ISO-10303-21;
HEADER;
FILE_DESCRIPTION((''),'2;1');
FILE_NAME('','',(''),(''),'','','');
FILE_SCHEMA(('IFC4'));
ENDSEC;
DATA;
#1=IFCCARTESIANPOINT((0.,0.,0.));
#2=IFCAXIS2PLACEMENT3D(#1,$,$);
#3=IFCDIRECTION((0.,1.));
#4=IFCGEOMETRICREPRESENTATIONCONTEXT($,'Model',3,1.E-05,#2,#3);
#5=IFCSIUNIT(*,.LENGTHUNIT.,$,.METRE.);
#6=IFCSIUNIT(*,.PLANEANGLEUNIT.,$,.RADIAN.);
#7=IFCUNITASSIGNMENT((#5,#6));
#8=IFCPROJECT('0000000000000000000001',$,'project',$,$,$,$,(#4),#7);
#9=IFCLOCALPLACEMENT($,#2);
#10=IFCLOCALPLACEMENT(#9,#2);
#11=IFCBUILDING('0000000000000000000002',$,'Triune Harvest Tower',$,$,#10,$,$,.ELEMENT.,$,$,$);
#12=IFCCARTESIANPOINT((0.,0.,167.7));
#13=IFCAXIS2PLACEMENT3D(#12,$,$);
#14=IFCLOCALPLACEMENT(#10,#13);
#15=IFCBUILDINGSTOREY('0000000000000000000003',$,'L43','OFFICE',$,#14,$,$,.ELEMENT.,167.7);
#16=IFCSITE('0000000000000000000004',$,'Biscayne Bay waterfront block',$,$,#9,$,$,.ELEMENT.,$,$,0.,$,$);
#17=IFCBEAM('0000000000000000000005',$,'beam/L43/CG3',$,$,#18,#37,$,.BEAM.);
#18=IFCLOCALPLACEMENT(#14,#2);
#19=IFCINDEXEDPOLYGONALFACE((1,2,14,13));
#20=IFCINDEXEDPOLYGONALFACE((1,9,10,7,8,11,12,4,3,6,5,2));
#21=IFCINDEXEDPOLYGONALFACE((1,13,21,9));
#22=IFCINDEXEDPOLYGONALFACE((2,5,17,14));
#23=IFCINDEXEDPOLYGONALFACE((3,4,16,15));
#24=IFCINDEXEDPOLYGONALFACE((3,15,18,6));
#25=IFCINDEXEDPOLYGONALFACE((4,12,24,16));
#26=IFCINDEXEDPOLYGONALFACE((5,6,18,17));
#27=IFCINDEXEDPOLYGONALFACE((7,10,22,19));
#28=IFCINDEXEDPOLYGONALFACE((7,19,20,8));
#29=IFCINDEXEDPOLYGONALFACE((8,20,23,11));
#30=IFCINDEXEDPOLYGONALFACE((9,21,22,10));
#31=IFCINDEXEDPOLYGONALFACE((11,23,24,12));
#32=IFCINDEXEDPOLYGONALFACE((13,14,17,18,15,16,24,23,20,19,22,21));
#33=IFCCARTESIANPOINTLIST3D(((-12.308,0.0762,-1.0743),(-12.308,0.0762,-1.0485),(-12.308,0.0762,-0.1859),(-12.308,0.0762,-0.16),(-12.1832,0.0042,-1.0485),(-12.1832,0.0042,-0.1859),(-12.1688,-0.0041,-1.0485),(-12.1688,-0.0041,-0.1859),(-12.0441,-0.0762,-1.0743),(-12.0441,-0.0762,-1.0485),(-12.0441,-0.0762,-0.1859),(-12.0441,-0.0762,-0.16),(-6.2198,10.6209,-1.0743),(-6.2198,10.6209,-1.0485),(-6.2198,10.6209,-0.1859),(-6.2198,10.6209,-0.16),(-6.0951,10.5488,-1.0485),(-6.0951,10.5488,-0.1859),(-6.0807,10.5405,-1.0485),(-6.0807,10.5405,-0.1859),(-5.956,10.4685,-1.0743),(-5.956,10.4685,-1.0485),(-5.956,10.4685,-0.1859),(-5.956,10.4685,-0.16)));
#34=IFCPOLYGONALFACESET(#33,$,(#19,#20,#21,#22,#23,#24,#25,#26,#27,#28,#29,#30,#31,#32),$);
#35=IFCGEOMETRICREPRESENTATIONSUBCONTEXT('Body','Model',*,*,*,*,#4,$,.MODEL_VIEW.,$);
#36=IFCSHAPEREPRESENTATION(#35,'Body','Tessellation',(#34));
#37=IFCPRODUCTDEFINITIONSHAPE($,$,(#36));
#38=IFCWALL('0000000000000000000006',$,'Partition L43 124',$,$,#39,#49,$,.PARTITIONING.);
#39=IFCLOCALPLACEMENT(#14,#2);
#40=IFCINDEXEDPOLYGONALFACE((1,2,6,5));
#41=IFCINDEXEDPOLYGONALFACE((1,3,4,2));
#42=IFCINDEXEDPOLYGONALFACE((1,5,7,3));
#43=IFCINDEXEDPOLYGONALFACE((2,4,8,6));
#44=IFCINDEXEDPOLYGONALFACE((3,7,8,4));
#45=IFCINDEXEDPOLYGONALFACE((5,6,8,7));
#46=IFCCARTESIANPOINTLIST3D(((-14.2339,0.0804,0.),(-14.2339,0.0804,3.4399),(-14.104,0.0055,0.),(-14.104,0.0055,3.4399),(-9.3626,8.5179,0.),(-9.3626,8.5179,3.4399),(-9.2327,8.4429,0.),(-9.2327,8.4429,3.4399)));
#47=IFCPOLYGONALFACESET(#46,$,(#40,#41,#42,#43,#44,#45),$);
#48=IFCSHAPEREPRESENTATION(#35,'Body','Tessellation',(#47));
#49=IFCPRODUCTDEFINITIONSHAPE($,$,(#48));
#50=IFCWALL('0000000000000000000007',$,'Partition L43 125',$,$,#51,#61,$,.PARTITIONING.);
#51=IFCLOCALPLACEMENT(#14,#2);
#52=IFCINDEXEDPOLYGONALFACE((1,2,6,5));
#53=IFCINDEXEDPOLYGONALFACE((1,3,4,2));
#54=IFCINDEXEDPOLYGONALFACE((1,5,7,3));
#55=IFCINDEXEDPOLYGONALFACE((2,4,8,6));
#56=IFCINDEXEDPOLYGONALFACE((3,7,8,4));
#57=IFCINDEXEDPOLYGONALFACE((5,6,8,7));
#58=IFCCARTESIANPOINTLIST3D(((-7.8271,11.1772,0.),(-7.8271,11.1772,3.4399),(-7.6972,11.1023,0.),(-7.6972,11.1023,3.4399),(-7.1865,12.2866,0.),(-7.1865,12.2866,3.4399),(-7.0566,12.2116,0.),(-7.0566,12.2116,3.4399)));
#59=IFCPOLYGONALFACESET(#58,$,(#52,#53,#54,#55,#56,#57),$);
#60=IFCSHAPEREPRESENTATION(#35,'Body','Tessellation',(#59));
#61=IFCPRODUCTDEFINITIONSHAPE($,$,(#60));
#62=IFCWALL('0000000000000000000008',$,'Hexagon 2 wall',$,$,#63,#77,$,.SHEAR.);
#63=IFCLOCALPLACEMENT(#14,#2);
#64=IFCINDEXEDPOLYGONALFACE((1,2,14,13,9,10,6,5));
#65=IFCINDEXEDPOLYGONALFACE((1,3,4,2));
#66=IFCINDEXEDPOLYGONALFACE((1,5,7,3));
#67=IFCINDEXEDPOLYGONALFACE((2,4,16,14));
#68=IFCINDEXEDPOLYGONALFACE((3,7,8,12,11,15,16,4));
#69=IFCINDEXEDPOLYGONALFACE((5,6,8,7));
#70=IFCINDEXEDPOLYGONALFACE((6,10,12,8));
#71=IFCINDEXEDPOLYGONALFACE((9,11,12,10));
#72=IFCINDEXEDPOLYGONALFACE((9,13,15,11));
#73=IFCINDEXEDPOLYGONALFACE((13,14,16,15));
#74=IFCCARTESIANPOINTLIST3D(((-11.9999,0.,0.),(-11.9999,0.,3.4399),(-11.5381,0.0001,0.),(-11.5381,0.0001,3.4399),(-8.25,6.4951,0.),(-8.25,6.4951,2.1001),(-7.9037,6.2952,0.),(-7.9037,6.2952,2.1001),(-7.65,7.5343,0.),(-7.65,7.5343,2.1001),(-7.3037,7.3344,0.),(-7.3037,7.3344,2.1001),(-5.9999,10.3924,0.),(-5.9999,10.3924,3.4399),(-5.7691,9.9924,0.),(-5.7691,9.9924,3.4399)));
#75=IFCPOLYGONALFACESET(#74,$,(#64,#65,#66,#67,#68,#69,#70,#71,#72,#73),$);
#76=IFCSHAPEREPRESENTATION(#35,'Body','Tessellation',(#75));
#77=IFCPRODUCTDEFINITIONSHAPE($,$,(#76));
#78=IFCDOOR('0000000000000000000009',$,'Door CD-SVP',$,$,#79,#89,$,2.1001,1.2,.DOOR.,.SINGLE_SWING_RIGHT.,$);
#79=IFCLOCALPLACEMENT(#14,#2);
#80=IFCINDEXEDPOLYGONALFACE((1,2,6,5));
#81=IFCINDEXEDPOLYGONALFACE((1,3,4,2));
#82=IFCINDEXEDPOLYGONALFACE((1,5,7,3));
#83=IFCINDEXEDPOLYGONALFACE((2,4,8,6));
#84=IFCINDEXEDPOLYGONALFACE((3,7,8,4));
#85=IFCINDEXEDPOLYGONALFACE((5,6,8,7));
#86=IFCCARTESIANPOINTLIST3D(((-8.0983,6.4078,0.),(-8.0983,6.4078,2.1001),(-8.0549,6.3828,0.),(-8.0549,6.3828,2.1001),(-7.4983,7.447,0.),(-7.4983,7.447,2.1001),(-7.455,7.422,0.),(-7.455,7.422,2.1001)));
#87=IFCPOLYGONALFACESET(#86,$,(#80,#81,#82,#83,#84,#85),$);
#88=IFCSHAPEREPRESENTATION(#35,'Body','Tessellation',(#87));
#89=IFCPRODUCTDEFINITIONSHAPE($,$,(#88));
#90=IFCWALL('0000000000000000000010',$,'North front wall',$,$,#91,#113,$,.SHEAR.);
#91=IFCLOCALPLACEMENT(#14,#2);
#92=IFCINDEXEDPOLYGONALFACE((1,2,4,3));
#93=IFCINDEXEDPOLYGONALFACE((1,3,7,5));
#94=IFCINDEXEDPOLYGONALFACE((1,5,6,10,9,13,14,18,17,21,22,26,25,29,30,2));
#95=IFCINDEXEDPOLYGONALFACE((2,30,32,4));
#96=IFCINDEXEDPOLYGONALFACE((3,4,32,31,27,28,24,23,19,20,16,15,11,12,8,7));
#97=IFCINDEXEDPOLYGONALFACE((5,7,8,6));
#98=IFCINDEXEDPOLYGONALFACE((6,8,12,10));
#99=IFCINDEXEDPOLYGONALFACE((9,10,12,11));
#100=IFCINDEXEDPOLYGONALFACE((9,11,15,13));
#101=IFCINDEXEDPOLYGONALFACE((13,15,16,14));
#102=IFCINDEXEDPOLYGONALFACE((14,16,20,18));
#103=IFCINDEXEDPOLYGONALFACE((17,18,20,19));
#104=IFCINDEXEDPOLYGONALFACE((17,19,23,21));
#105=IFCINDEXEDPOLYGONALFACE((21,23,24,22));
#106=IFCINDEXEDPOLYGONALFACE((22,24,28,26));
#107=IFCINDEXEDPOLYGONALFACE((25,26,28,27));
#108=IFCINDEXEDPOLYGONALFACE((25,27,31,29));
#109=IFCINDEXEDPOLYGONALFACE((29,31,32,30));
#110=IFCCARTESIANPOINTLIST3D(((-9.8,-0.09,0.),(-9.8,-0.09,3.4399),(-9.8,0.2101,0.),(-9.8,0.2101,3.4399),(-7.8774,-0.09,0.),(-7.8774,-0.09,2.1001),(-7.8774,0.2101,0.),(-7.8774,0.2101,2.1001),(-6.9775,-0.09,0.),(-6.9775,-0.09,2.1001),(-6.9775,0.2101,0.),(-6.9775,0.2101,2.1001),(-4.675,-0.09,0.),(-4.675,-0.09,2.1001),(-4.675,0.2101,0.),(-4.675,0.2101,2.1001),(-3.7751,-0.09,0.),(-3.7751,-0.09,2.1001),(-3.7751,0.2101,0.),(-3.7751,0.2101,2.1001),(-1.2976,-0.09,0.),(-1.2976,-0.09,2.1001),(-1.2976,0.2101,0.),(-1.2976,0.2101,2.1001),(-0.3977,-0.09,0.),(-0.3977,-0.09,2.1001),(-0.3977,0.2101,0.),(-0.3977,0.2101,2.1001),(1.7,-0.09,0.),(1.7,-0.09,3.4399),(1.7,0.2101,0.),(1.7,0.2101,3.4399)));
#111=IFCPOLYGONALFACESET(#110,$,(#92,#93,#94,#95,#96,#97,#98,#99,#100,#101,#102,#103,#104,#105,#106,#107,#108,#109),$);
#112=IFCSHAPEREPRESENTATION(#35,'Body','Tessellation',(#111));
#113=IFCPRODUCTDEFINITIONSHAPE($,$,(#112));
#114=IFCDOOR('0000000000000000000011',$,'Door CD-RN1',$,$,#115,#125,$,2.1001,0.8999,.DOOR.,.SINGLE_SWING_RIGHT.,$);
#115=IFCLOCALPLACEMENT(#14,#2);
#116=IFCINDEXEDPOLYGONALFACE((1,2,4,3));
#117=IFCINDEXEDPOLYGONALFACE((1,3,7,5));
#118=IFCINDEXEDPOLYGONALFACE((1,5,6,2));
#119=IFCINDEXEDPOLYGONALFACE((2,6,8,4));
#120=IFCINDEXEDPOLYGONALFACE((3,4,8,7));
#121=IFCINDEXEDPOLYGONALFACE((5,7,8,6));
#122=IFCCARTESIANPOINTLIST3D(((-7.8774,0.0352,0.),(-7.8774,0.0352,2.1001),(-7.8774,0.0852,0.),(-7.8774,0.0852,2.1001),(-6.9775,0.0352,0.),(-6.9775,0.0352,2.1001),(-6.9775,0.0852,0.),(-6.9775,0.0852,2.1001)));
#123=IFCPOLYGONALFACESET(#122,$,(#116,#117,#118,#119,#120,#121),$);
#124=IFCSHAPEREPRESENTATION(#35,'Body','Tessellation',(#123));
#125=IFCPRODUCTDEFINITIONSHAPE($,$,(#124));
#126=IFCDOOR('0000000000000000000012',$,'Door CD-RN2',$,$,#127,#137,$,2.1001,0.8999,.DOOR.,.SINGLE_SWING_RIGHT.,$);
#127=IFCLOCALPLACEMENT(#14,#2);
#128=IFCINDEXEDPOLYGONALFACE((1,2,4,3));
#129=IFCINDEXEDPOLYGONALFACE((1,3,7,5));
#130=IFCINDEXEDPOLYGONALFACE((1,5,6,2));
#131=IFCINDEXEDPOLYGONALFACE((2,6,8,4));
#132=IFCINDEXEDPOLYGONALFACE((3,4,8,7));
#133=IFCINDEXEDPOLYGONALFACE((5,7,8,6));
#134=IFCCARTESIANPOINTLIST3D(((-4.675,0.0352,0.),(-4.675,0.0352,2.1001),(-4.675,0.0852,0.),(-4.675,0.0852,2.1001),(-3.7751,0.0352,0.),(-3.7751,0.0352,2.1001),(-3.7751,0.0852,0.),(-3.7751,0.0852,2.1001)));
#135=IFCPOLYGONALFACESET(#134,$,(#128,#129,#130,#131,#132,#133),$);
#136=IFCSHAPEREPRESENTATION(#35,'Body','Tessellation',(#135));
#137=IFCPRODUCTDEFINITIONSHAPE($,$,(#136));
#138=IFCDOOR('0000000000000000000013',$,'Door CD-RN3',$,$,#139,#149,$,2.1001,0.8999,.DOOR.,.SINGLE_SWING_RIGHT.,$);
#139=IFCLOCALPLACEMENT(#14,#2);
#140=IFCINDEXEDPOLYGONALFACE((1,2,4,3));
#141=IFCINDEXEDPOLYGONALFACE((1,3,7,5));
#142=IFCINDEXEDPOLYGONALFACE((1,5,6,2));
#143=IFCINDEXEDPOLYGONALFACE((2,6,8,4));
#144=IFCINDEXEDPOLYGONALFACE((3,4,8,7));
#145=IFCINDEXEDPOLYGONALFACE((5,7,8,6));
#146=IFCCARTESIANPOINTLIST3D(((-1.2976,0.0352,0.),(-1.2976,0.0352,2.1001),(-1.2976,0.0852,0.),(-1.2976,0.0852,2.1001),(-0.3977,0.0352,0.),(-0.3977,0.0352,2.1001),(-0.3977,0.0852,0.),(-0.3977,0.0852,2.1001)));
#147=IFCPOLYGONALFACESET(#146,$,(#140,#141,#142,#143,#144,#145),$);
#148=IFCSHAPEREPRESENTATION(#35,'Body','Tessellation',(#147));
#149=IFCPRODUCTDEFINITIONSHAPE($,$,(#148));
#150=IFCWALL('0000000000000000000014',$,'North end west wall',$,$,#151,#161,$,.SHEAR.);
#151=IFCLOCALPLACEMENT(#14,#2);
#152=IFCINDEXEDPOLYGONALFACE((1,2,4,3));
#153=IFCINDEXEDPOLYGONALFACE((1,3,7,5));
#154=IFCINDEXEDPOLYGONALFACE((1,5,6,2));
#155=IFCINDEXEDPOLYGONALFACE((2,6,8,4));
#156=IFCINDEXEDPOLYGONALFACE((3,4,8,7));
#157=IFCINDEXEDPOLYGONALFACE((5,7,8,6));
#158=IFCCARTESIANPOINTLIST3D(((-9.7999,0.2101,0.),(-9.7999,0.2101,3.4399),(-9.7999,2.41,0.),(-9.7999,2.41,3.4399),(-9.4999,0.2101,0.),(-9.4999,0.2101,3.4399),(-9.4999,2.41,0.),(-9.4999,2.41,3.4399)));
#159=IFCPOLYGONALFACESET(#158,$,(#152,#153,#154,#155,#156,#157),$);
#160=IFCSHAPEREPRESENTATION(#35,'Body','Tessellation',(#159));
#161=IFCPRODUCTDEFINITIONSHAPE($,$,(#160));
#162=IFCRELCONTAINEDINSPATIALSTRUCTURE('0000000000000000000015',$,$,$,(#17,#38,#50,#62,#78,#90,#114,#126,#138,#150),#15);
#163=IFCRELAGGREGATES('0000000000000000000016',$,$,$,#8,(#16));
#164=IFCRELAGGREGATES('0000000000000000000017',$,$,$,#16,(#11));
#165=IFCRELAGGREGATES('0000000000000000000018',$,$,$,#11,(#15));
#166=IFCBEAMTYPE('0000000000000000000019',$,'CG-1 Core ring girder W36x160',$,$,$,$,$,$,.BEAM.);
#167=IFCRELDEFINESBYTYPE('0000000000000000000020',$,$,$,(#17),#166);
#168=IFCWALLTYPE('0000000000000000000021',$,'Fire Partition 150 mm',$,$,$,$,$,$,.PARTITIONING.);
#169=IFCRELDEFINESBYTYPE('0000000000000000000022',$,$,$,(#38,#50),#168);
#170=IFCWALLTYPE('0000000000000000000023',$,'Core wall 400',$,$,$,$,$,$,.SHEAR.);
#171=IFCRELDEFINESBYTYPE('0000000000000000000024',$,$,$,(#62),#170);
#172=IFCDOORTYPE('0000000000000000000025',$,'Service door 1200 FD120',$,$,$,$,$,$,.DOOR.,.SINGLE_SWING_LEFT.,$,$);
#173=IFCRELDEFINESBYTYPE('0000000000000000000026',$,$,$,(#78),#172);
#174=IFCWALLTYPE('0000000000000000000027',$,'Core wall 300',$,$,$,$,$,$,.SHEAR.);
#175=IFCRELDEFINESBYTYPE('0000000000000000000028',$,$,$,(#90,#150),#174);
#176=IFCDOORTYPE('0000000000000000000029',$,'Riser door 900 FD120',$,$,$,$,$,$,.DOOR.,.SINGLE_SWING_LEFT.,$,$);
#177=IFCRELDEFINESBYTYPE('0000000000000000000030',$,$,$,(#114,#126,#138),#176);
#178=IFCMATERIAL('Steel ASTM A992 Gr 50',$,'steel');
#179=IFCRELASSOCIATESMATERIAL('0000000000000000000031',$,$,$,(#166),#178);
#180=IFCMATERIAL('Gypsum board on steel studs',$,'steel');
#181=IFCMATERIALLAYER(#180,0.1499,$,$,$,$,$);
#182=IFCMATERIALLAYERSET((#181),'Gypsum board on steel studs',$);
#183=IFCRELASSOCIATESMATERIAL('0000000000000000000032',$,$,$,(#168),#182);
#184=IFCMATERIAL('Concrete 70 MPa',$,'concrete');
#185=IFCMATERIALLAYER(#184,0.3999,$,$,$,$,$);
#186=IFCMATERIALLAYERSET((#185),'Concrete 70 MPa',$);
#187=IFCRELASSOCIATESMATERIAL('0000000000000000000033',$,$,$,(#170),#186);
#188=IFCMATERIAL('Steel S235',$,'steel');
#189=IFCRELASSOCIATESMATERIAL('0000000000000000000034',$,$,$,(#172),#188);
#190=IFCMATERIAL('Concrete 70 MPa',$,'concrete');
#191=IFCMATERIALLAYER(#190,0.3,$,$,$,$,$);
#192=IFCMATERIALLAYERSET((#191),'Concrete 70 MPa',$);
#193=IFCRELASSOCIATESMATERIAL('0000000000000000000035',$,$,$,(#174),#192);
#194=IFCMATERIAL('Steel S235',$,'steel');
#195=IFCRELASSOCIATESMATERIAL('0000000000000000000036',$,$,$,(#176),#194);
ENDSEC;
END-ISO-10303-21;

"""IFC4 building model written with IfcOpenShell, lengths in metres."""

from ifc_helpers import new_model, si_unit, direction, frame, frame_2d, origin, origin_2d, place, context, subcontext, project, spatial, polyline, rectangle, i_section, outline, extrude, source, transform, mapped, material, layer, layer_set, material_profile, profile_set, type_object, element, fill, save


model = new_model("IFC4")

# Units and contexts
model_context = context("Model", 3, precision=1e-05, world=origin(), true_north=direction((0.0, 1.0)))
body_context = subcontext(model_context, "Body", "Model", "MODEL_VIEW")
ifc_project = project(units=[si_unit("LENGTHUNIT", "METRE"), si_unit("PLANEANGLEUNIT", "RADIAN")], contexts=[model_context])

# Site, building, storey
site_placement = place(None, origin())
site = spatial("IfcSite", under=ifc_project, at=site_placement, Name="Biscayne Bay waterfront block", CompositionType="ELEMENT", RefElevation=0.0)
building_placement = place(site_placement, origin())
building = spatial("IfcBuilding", under=site, at=building_placement, Name="Triune Harvest Tower", CompositionType="ELEMENT")
storey_placement = place(building_placement, frame((0.0, 0.0, 167.7)))
storey = spatial("IfcBuildingStorey", under=building, at=storey_placement, Name="L43", Description="OFFICE", CompositionType="ELEMENT", Elevation=167.7)

# Beam
ifc_material_1 = material(Name="Steel ASTM A992 Gr 50", Category="steel")
ifc_material_profile = material_profile(ifc_material_1, i_section(OverallWidth=0.3047, OverallDepth=0.9143, WebThickness=0.0166, FlangeThickness=0.0259, at=origin_2d()), Name="W36x160")
ifc_profile_set = profile_set([ifc_material_profile], Name="Steel ASTM A992 Gr 50")
beam_type = type_object("IfcBeamType", Name="CG-1 Core ring girder W36x160", PredefinedType="BEAM", material=ifc_profile_set)
shared_shape_1 = source(origin(), body_context, "Body", "SweptSolid", [
    extrude(i_section(OverallWidth=0.3047, OverallDepth=0.9143, WebThickness=0.0166, FlangeThickness=0.0259, at=origin_2d()), origin(), (0.0, 0.0, 1.0), 12.176),
])
beam_placement = place(storey_placement, frame((-6.0879, 10.5447, -0.6172), z_axis=(-0.50001, -0.86602, 0.0), x_axis=(0.86602, -0.50001, 0.0)))
element("IfcBeam", 1, at=beam_placement, inside=storey, type_object=beam_type, Name="beam/L43/CG3", PredefinedType="BEAM", context=body_context, shape_type="MappedRepresentation", body=[
    mapped(shared_shape_1, transform((0.0, 0.0, 0.0), scale=1.0)),
])

# Walls
ifc_material_2 = material(Name="Gypsum board on steel studs", Category="steel")
ifc_layer_1 = layer(ifc_material_2, 0.1499)
ifc_layer_set_1 = layer_set([ifc_layer_1], Name="Gypsum board on steel studs")
wall_type_1 = type_object("IfcWallType", Name="Fire Partition 150 mm", PredefinedType="PARTITIONING", material=ifc_layer_set_1)
wall_1_placement = place(storey_placement, frame((-14.1689, 0.043, 0.0), z_axis=(0.0, 0.0, 1.0), x_axis=(0.499996, 0.866028, 0.0)))
element("IfcWall", 2, at=wall_1_placement, inside=storey, type_object=wall_type_1, Name="Partition L43 124", PredefinedType="PARTITIONING", context=body_context, shape_type="SweptSolid", body=[
    extrude(rectangle(XDim=9.7427, YDim=0.1499, at=frame_2d((4.8713, 0.0))), origin(), (0.0, 0.0, 1.0), 3.4399),
])
wall_2_placement = place(storey_placement, frame((-7.7622, 11.1396, 0.0), z_axis=(0.0, 0.0, 1.0), x_axis=(0.500074, 0.865982, 0.0)))
element("IfcWall", 3, at=wall_2_placement, inside=storey, type_object=wall_type_1, Name="Partition L43 125", PredefinedType="PARTITIONING", context=body_context, shape_type="SweptSolid", body=[
    extrude(rectangle(XDim=1.281, YDim=0.1499, at=frame_2d((0.6406, 0.0))), origin(), (0.0, 0.0, 1.0), 3.4399),
])

# Wall, opening, door
ifc_material_3 = material(Name="Concrete 70 MPa", Category="concrete")
ifc_layer_2 = layer(ifc_material_3, 0.3999)
ifc_layer_set_2 = layer_set([ifc_layer_2], Name="Concrete 70 MPa")
wall_type_2 = type_object("IfcWallType", Name="Core wall 400", PredefinedType="SHEAR", material=ifc_layer_set_2)
shared_shape_2 = source(origin(), body_context, "Body", "SweptSolid", [
    extrude(outline(polyline([(-0.1155, -0.2), (11.8845, -0.2), (11.6536, 0.2), (0.1155, 0.2), (-0.1155, -0.2)])), origin(), (0.0, 0.0, 1.0), 3.4399),
])
wall_3_placement = place(storey_placement, frame((-5.8845, 10.1924, 0.0), z_axis=(0.0, 0.0, 1.0), x_axis=(-0.499997, -0.866027, 0.0)))
wall_3 = element("IfcWall", 4, at=wall_3_placement, inside=storey, type_object=wall_type_2, Name="Hexagon 2 wall", PredefinedType="SHEAR", context=body_context, shape_type="MappedRepresentation", body=[
    mapped(shared_shape_2, transform((0.0, 0.0, 0.0), scale=1.0)),
])
opening_1_placement = place(wall_3_placement, frame((3.1846, 0.0, 0.0)))
opening_1 = element("IfcOpeningElement", 5, at=opening_1_placement, cuts=wall_3, PredefinedType="OPENING", context=body_context, shape_type="SweptSolid", body=[
    extrude(rectangle(XDim=1.2, YDim=2.1001, at=frame_2d((0.6001, 1.05))), frame((0.0, 0.21, 0.0), z_axis=(0.0, -1.0, 0.0), x_axis=(1.0, 0.0, 0.0)), (0.0, 0.0, 1.0), 0.4199),
])
ifc_material_4 = material(Name="Steel S235", Category="steel")
door_type_1 = type_object("IfcDoorType", Name="Service door 1200 FD120", OperationType="SINGLE_SWING_LEFT", PredefinedType="DOOR", material=ifc_material_4)
door_1_placement = place(opening_1_placement, frame((1.2, 0.0, 0.0), z_axis=(0.0, 0.0, 1.0), x_axis=(-1.0, 0.0, 0.0)))
door_1 = element("IfcDoor", 6, at=door_1_placement, inside=storey, type_object=door_type_1, Name="Door CD-SVP", OperationType="SINGLE_SWING_RIGHT", OverallHeight=2.1001, OverallWidth=1.2, PredefinedType="DOOR", context=body_context, shape_type="SweptSolid", body=[
    extrude(rectangle(XDim=1.2, YDim=2.1001, at=frame_2d((0.6001, 1.05))), frame((0.0, 0.0249, 0.0), z_axis=(0.0, -1.0, 0.0), x_axis=(1.0, 0.0, 0.0)), (0.0, 0.0, 1.0), 0.05),
])
fill(opening_1, door_1)

# Wall, openings, doors
ifc_material_5 = material(Name="Concrete 70 MPa", Category="concrete")
ifc_layer_3 = layer(ifc_material_5, 0.3)
ifc_layer_set_3 = layer_set([ifc_layer_3], Name="Concrete 70 MPa")
wall_type_3 = type_object("IfcWallType", Name="Core wall 300", PredefinedType="SHEAR", material=ifc_layer_set_3)
shared_shape_3 = source(origin(), body_context, "Body", "SweptSolid", [
    extrude(rectangle(XDim=11.5, YDim=0.3, at=frame_2d((5.75, 0.0))), origin(), (0.0, 0.0, 1.0), 3.4399),
])
wall_4_placement = place(storey_placement, frame((-9.8, 0.0601, 0.0), z_axis=(0.0, 0.0, 1.0), x_axis=(1.0, 0.0, 0.0)))
wall_4 = element("IfcWall", 7, at=wall_4_placement, inside=storey, type_object=wall_type_3, Name="North front wall", PredefinedType="SHEAR", context=body_context, shape_type="MappedRepresentation", body=[
    mapped(shared_shape_3, transform((0.0, 0.0, 0.0), scale=1.0)),
])
opening_2_placement = place(wall_4_placement, frame((1.9226, 0.0, 0.0)))
opening_2 = element("IfcOpeningElement", 8, at=opening_2_placement, cuts=wall_4, PredefinedType="OPENING", context=body_context, shape_type="SweptSolid", body=[
    extrude(rectangle(XDim=0.8999, YDim=2.1001, at=frame_2d((0.45, 1.05))), frame((0.0, 0.1602, 0.0), z_axis=(0.0, -1.0, 0.0), x_axis=(1.0, 0.0, 0.0)), (0.0, 0.0, 1.0), 0.3201),
])
opening_3_placement = place(wall_4_placement, frame((5.125, 0.0, 0.0)))
opening_3 = element("IfcOpeningElement", 9, at=opening_3_placement, cuts=wall_4, PredefinedType="OPENING", context=body_context, shape_type="SweptSolid", body=[
    extrude(rectangle(XDim=0.8999, YDim=2.1001, at=frame_2d((0.45, 1.05))), frame((0.0, 0.1602, 0.0), z_axis=(0.0, -1.0, 0.0), x_axis=(1.0, 0.0, 0.0)), (0.0, 0.0, 1.0), 0.3201),
])
opening_4_placement = place(wall_4_placement, frame((8.5024, 0.0, 0.0)))
opening_4 = element("IfcOpeningElement", 10, at=opening_4_placement, cuts=wall_4, PredefinedType="OPENING", context=body_context, shape_type="SweptSolid", body=[
    extrude(rectangle(XDim=0.8999, YDim=2.1001, at=frame_2d((0.45, 1.05))), frame((0.0, 0.1602, 0.0), z_axis=(0.0, -1.0, 0.0), x_axis=(1.0, 0.0, 0.0)), (0.0, 0.0, 1.0), 0.3201),
])
ifc_material_6 = material(Name="Steel S235", Category="steel")
door_type_2 = type_object("IfcDoorType", Name="Riser door 900 FD120", OperationType="SINGLE_SWING_LEFT", PredefinedType="DOOR", material=ifc_material_6)
door_2_placement = place(opening_2_placement, frame((0.8999, 0.0, 0.0), z_axis=(0.0, 0.0, 1.0), x_axis=(-1.0, 0.0, 0.0)))
door_2 = element("IfcDoor", 11, at=door_2_placement, inside=storey, type_object=door_type_2, Name="Door CD-RN1", OperationType="SINGLE_SWING_RIGHT", OverallHeight=2.1001, OverallWidth=0.8999, PredefinedType="DOOR", context=body_context, shape_type="SweptSolid", body=[
    extrude(rectangle(XDim=0.8999, YDim=2.1001, at=frame_2d((0.45, 1.05))), frame((0.0, 0.0249, 0.0), z_axis=(0.0, -1.0, 0.0), x_axis=(1.0, 0.0, 0.0)), (0.0, 0.0, 1.0), 0.05),
])
fill(opening_2, door_2)
door_3_placement = place(opening_3_placement, frame((0.8999, 0.0, 0.0), z_axis=(0.0, 0.0, 1.0), x_axis=(-1.0, 0.0, 0.0)))
door_3 = element("IfcDoor", 12, at=door_3_placement, inside=storey, type_object=door_type_2, Name="Door CD-RN2", OperationType="SINGLE_SWING_RIGHT", OverallHeight=2.1001, OverallWidth=0.8999, PredefinedType="DOOR", context=body_context, shape_type="SweptSolid", body=[
    extrude(rectangle(XDim=0.8999, YDim=2.1001, at=frame_2d((0.45, 1.05))), frame((0.0, 0.0249, 0.0), z_axis=(0.0, -1.0, 0.0), x_axis=(1.0, 0.0, 0.0)), (0.0, 0.0, 1.0), 0.05),
])
fill(opening_3, door_3)
door_4_placement = place(opening_4_placement, frame((0.8999, 0.0, 0.0), z_axis=(0.0, 0.0, 1.0), x_axis=(-1.0, 0.0, 0.0)))
door_4 = element("IfcDoor", 13, at=door_4_placement, inside=storey, type_object=door_type_2, Name="Door CD-RN3", OperationType="SINGLE_SWING_RIGHT", OverallHeight=2.1001, OverallWidth=0.8999, PredefinedType="DOOR", context=body_context, shape_type="SweptSolid", body=[
    extrude(rectangle(XDim=0.8999, YDim=2.1001, at=frame_2d((0.45, 1.05))), frame((0.0, 0.0249, 0.0), z_axis=(0.0, -1.0, 0.0), x_axis=(1.0, 0.0, 0.0)), (0.0, 0.0, 1.0), 0.05),
])
fill(opening_4, door_4)

# Wall
shared_shape_4 = source(origin(), body_context, "Body", "SweptSolid", [
    extrude(rectangle(XDim=2.2, YDim=0.3, at=frame_2d((1.1001, 0.0))), origin(), (0.0, 0.0, 1.0), 3.4399),
])
wall_5_placement = place(storey_placement, frame((-9.6499, 0.21, 0.0), z_axis=(0.0, 0.0, 1.0), x_axis=(0.0, 1.0, 0.0)))
element("IfcWall", 14, at=wall_5_placement, inside=storey, type_object=wall_type_3, Name="North end west wall", PredefinedType="SHEAR", context=body_context, shape_type="MappedRepresentation", body=[
    mapped(shared_shape_4, transform((0.0, 0.0, 0.0), scale=1.0)),
])

save(model, "model.ifc")
